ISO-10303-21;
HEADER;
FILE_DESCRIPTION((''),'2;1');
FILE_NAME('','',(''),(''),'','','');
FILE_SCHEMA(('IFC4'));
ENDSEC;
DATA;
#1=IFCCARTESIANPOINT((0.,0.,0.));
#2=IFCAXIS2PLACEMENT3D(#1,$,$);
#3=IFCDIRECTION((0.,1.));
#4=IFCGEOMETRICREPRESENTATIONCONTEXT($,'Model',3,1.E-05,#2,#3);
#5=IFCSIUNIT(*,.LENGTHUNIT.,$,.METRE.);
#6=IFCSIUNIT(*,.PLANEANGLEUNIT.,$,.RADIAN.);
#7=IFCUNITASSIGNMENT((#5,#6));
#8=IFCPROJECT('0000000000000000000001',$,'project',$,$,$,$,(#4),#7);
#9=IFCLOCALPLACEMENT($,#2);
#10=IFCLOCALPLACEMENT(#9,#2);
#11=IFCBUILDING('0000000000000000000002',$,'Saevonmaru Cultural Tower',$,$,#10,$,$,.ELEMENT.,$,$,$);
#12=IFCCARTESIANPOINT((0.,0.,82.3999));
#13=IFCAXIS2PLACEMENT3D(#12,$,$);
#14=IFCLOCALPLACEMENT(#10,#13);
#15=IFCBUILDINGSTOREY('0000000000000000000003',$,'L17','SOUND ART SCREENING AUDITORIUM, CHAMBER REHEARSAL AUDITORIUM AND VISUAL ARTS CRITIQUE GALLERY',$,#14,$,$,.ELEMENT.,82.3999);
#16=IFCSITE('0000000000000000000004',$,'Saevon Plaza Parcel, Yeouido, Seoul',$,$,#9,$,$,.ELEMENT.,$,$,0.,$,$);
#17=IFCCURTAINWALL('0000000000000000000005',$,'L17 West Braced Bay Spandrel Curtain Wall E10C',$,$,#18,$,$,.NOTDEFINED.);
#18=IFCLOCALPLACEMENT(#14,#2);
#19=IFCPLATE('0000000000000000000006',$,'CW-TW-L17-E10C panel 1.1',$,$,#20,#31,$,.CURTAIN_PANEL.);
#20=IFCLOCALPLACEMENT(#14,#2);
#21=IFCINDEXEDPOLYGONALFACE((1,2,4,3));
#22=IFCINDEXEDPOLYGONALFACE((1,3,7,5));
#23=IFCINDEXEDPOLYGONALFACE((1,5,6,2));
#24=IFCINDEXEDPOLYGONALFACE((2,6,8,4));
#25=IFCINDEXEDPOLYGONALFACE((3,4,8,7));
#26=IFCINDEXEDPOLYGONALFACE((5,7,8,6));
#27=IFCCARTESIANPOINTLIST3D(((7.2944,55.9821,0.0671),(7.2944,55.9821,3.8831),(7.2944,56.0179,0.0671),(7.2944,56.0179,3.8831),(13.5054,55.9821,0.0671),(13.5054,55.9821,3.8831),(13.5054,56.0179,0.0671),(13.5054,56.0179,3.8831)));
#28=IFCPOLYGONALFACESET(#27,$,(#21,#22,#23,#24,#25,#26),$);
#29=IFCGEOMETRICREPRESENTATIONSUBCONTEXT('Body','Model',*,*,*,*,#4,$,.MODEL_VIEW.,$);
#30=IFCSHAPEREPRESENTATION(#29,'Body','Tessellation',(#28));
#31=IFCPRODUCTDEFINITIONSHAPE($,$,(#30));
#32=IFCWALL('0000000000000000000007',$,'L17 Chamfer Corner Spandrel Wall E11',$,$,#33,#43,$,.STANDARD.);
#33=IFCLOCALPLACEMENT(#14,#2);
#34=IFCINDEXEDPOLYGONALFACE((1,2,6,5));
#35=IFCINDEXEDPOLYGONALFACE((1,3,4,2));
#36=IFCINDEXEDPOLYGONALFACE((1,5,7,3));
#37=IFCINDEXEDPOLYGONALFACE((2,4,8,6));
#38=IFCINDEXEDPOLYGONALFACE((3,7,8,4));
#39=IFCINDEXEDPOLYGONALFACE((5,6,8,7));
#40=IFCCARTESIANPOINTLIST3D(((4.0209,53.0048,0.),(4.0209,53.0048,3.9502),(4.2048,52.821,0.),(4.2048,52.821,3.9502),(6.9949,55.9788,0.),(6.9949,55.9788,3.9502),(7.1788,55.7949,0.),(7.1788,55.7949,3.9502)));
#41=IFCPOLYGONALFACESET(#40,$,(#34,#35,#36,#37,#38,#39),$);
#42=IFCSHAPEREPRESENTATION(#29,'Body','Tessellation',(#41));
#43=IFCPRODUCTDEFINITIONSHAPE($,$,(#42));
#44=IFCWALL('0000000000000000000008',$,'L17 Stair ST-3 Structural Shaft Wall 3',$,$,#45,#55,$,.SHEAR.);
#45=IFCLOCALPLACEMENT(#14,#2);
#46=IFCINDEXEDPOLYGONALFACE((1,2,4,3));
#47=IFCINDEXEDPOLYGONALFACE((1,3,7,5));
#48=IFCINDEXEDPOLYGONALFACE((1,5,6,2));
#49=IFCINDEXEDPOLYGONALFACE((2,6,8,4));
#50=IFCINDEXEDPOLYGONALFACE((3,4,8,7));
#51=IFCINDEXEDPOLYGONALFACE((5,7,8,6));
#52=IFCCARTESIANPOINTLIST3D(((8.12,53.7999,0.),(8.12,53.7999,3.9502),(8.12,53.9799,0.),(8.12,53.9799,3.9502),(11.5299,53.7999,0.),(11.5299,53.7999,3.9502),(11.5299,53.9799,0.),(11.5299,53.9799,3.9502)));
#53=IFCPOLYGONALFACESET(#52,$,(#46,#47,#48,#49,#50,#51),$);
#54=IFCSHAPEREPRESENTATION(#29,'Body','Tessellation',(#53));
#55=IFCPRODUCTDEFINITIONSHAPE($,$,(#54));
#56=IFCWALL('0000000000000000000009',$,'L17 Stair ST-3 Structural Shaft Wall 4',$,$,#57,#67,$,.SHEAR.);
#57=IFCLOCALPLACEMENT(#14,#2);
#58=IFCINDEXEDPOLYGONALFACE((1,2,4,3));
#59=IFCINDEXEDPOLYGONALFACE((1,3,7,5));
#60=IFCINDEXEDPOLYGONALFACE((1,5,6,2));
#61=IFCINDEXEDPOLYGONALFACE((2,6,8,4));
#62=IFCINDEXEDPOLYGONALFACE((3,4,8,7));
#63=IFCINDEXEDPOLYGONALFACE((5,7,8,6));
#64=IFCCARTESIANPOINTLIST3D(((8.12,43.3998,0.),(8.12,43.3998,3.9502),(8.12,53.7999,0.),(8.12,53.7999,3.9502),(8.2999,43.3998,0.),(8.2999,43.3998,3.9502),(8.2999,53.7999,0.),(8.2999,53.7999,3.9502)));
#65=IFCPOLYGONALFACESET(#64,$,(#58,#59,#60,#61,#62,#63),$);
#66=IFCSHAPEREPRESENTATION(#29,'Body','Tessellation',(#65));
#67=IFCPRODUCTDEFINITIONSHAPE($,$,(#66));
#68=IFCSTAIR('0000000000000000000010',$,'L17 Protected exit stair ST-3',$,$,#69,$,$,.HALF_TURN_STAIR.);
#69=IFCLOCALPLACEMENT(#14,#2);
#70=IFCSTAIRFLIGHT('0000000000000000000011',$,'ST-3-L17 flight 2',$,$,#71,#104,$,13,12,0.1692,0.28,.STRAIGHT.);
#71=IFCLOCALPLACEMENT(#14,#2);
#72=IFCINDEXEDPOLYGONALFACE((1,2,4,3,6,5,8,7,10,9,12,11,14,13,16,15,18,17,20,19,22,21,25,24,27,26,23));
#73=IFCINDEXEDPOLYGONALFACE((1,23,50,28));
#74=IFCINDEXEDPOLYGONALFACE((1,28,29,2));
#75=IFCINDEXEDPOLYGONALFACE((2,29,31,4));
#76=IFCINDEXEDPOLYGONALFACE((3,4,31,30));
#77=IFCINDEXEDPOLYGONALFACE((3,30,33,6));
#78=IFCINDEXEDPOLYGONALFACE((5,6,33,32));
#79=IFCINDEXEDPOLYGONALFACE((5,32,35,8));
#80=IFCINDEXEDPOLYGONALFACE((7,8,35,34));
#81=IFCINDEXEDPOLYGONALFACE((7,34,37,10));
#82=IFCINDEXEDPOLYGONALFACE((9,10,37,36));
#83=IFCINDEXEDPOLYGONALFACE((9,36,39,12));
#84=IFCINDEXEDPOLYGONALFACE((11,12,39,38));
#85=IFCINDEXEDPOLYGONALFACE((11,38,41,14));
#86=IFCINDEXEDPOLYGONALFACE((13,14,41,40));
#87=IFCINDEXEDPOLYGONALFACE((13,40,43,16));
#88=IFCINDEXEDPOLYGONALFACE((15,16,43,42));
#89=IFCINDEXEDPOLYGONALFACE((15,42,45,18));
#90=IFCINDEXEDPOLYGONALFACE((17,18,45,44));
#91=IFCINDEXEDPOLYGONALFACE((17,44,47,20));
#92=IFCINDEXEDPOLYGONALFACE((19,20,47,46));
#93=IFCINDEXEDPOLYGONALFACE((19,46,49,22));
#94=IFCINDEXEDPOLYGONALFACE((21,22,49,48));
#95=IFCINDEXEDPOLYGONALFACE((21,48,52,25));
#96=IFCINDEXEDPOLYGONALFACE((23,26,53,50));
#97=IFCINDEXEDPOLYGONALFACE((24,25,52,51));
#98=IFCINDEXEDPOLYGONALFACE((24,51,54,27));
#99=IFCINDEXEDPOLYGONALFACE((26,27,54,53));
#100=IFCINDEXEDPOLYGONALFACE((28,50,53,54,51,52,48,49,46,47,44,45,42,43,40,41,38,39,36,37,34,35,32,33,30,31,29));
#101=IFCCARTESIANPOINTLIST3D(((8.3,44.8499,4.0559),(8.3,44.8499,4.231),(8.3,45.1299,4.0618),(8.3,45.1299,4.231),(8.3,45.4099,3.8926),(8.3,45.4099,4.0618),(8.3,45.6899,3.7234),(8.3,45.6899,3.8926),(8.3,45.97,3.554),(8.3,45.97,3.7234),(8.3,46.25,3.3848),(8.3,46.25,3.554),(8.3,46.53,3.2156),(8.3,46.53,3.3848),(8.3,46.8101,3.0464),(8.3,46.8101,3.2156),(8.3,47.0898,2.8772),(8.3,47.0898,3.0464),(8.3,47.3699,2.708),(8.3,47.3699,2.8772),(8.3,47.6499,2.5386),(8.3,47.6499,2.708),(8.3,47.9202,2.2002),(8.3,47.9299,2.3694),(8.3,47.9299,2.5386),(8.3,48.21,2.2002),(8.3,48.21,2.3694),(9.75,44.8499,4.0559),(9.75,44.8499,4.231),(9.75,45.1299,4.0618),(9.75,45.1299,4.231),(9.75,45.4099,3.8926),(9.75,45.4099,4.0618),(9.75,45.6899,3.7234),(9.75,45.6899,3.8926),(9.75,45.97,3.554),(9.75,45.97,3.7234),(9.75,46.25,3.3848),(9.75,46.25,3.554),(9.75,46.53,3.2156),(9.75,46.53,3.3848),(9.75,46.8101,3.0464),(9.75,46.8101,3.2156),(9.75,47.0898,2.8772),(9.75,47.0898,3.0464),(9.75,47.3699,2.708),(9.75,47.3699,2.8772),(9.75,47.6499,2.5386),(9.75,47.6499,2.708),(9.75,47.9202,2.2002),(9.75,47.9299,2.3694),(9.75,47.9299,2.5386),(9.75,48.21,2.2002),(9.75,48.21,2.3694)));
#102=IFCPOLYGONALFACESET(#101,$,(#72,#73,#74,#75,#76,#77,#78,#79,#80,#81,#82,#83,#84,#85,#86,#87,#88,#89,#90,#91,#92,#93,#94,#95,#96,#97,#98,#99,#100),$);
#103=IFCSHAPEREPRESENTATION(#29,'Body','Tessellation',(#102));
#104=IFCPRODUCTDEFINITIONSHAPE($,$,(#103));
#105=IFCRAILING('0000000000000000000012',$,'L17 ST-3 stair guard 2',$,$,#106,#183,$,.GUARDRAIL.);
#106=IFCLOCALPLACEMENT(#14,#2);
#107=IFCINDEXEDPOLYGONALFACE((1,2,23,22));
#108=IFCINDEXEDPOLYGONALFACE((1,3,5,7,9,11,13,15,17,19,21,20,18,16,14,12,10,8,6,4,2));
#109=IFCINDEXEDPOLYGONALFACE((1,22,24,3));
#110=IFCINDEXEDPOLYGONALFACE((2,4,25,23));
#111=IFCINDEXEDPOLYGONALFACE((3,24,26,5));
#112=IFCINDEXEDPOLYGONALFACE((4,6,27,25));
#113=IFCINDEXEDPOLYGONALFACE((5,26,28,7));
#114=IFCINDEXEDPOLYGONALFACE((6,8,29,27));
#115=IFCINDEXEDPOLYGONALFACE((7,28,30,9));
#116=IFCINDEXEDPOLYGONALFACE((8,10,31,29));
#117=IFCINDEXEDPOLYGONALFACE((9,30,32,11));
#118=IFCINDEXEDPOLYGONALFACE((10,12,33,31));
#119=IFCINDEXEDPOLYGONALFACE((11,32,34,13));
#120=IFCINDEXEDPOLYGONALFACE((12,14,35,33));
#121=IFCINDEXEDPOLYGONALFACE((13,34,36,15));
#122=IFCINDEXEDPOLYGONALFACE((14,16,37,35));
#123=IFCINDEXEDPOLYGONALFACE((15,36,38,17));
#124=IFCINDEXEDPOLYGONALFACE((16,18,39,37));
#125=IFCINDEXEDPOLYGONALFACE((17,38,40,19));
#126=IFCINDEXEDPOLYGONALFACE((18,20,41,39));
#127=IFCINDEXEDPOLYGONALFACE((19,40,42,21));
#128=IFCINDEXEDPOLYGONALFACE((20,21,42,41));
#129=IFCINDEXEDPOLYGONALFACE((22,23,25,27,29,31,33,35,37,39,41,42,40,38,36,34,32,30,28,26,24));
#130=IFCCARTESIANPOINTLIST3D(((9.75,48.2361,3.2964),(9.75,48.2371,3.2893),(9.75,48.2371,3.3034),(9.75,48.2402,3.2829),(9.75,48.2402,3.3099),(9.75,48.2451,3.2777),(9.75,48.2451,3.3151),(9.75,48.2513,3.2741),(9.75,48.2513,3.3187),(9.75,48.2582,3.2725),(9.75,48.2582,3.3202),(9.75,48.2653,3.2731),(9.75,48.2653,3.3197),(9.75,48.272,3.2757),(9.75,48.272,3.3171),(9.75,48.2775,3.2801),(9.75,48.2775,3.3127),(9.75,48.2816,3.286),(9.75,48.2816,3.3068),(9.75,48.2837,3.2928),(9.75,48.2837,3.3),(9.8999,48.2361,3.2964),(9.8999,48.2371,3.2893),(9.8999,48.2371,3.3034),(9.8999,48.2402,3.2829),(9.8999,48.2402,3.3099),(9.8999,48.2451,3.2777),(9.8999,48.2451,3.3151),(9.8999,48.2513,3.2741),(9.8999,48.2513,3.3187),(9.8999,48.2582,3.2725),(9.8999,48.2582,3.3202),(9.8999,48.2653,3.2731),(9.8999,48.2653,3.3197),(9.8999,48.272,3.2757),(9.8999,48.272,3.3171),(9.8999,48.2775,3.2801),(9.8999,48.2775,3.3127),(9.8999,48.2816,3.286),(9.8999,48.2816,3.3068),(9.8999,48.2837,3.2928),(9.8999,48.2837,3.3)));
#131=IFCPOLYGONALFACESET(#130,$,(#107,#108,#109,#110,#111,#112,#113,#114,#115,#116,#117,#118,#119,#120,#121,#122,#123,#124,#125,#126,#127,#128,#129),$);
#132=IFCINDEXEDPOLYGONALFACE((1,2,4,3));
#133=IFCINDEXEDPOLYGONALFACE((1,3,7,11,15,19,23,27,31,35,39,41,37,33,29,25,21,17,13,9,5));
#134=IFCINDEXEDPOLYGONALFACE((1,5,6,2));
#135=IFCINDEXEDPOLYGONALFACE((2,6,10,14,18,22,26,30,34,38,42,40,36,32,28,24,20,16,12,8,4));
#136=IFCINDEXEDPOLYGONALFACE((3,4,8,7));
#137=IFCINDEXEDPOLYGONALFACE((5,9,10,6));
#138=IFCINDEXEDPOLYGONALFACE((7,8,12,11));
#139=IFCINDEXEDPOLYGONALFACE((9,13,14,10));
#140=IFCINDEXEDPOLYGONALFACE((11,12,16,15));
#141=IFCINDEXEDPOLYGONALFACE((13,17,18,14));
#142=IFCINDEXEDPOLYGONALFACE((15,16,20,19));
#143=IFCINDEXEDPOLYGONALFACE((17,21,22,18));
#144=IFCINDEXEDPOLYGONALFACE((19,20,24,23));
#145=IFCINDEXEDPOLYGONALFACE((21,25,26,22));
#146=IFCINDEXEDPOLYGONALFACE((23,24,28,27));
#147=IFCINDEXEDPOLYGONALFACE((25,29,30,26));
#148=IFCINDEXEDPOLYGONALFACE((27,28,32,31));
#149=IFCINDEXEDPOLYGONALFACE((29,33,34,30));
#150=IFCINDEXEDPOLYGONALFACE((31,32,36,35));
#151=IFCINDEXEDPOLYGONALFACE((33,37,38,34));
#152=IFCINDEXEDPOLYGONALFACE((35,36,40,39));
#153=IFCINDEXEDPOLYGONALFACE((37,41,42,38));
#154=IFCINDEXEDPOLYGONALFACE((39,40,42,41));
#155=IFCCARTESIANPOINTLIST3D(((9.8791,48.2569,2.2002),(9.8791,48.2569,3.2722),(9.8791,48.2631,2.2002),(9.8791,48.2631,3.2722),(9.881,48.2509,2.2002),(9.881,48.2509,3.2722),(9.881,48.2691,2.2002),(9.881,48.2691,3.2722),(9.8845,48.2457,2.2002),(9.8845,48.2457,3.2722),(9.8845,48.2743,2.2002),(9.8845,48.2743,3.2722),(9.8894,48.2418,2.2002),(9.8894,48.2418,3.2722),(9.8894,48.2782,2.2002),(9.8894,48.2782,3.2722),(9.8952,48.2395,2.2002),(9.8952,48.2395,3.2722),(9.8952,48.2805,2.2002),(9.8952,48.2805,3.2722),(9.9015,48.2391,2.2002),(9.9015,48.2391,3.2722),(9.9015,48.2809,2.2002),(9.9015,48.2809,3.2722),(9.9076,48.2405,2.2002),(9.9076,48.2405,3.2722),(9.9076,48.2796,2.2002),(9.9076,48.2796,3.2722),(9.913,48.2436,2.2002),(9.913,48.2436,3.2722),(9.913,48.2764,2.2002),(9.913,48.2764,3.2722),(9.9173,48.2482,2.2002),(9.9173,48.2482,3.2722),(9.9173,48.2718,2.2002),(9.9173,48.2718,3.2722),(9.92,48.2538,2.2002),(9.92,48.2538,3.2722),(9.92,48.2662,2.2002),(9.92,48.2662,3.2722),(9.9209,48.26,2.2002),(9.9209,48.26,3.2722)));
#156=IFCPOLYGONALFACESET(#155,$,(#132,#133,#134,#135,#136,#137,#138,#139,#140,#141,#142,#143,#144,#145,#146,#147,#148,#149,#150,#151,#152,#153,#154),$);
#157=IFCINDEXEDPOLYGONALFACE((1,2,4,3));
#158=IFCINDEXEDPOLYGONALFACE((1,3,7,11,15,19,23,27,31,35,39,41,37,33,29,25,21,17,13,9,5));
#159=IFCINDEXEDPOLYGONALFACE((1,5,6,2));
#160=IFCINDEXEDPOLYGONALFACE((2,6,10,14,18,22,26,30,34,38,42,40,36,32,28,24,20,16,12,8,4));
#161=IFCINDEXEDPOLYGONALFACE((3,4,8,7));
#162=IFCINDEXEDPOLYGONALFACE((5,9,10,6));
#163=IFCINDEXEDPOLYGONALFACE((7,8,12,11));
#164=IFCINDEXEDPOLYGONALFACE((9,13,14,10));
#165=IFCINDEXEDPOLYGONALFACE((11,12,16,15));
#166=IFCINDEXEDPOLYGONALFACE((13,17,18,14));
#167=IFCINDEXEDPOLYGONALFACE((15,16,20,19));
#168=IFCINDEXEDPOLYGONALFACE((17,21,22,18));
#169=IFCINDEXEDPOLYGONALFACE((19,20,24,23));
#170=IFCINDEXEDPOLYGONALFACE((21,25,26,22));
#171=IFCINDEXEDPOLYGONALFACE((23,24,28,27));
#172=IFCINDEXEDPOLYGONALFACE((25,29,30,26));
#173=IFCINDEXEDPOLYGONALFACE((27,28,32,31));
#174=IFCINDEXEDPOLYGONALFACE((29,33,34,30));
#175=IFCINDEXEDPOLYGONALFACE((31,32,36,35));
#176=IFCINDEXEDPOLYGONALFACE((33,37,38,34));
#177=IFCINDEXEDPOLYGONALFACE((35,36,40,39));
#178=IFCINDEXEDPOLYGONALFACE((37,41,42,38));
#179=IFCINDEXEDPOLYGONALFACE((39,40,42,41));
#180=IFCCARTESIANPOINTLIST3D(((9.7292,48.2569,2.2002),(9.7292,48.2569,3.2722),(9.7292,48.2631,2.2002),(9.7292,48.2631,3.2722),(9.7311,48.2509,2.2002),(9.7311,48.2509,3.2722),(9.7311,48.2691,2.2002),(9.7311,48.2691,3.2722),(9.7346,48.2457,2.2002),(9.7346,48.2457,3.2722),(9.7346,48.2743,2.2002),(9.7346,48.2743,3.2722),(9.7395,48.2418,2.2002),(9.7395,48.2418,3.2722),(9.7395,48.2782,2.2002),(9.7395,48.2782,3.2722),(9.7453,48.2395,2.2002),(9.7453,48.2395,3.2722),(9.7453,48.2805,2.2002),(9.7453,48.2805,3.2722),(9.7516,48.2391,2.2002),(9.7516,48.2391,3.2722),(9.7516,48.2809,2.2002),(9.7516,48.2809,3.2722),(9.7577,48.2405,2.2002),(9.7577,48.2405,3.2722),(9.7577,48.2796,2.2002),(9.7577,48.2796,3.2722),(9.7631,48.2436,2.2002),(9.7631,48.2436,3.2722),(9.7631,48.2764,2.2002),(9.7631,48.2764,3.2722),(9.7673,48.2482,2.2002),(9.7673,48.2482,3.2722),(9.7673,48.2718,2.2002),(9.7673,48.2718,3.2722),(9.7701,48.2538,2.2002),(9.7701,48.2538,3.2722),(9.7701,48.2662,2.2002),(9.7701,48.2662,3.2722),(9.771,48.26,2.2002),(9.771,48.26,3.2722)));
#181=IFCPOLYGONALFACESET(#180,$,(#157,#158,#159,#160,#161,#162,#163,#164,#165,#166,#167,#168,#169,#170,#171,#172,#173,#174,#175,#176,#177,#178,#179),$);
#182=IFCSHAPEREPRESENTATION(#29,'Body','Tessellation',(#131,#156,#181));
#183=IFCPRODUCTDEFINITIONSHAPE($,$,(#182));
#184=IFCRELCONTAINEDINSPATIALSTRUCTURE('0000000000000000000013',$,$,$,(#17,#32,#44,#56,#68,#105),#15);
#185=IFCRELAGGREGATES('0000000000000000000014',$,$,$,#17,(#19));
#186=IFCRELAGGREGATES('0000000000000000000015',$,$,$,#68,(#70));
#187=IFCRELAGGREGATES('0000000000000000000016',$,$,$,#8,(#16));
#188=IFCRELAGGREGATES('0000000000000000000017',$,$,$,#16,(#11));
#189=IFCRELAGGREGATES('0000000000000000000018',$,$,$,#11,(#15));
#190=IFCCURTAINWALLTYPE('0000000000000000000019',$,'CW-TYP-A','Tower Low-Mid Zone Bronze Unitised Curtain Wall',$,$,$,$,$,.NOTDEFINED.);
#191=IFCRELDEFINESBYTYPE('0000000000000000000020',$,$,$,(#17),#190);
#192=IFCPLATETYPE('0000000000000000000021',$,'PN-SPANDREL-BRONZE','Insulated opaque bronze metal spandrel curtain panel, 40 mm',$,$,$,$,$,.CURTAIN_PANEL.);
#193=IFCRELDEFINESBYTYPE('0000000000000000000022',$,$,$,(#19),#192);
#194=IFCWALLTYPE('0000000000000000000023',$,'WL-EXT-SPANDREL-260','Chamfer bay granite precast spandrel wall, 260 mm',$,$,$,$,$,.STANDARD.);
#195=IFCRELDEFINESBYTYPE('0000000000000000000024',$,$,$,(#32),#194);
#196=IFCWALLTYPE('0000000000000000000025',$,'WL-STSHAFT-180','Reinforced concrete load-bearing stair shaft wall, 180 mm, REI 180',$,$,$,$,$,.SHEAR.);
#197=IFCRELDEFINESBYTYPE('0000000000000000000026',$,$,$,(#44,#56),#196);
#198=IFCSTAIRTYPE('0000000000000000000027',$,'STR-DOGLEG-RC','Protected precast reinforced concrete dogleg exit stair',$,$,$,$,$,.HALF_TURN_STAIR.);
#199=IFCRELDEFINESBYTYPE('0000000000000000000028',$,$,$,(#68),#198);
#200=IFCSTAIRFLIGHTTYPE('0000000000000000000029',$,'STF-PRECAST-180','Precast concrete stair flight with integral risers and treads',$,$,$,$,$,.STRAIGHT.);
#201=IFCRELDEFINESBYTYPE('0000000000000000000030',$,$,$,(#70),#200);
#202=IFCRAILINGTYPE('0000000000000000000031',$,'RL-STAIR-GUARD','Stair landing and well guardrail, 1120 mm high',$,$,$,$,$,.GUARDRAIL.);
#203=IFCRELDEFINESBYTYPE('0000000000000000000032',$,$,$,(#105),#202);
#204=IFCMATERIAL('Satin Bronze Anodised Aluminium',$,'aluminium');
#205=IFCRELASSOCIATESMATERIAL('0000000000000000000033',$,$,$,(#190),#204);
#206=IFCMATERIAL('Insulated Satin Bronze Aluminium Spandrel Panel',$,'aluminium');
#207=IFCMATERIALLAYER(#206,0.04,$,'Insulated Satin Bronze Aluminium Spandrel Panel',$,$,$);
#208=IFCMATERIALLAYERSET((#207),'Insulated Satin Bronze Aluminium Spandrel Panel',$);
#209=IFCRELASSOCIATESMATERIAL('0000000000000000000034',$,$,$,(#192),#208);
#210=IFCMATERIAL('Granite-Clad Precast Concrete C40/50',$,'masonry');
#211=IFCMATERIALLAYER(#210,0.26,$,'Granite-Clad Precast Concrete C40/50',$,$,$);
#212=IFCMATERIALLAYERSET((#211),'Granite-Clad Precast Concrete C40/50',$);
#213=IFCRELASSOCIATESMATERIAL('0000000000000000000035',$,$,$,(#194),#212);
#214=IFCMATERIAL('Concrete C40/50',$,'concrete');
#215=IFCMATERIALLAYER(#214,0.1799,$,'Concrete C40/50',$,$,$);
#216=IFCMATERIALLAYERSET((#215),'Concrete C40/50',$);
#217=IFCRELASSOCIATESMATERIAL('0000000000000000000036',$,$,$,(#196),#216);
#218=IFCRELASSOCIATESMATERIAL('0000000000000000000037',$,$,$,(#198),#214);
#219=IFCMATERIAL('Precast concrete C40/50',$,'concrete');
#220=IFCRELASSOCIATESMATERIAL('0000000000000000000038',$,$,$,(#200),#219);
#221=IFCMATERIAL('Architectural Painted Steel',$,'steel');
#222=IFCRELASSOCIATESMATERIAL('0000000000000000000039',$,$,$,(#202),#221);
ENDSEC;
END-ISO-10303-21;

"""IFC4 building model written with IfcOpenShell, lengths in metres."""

from ifc_helpers import new_model, si_unit, direction, frame, frame_2d, origin, origin_2d, place, context, subcontext, project, spatial, polyline, rectangle, circle, outline, extrude, material, layer, layer_set, type_object, element, aggregate, save


model = new_model("IFC4")

# Units and contexts
model_context = context("Model", 3, precision=1e-05, world=origin(), true_north=direction((0.0, 1.0)))
body_context = subcontext(model_context, "Body", "Model", "MODEL_VIEW")
ifc_project = project(units=[si_unit("LENGTHUNIT", "METRE"), si_unit("PLANEANGLEUNIT", "RADIAN")], contexts=[model_context])

# Site, building, storey
site_placement = place(None, origin())
site = spatial("IfcSite", under=ifc_project, at=site_placement, Name="Saevon Plaza Parcel, Yeouido, Seoul", CompositionType="ELEMENT", RefElevation=0.0)
building_placement = place(site_placement, origin())
building = spatial("IfcBuilding", under=site, at=building_placement, Name="Saevonmaru Cultural Tower", CompositionType="ELEMENT")
storey_placement = place(building_placement, frame((0.0, 0.0, 82.3999)))
storey = spatial("IfcBuildingStorey", under=building, at=storey_placement, Name="L17", Description="SOUND ART SCREENING AUDITORIUM, CHAMBER REHEARSAL AUDITORIUM AND VISUAL ARTS CRITIQUE GALLERY", CompositionType="ELEMENT", Elevation=82.3999)

# Curtain wall
ifc_material_1 = material(Name="Satin Bronze Anodised Aluminium", Category="aluminium")
curtain_wall_type = type_object("IfcCurtainWallType", Name="CW-TYP-A", Description="Tower Low-Mid Zone Bronze Unitised Curtain Wall", PredefinedType="NOTDEFINED", material=ifc_material_1)
curtain_wall_1_placement = place(storey_placement, origin())
curtain_wall_1 = element("IfcCurtainWall", 1, at=curtain_wall_1_placement, inside=storey, type_object=curtain_wall_type, Name="L17 West Braced Bay Spandrel Curtain Wall E10C", PredefinedType="NOTDEFINED")

# Plate
ifc_material_2 = material(Name="Insulated Satin Bronze Aluminium Spandrel Panel", Category="aluminium")
ifc_layer_1 = layer(ifc_material_2, 0.04, Name="Insulated Satin Bronze Aluminium Spandrel Panel")
ifc_layer_set_1 = layer_set([ifc_layer_1], Name="Insulated Satin Bronze Aluminium Spandrel Panel")
plate_type_1 = type_object("IfcPlateType", Name="PN-SPANDREL-BRONZE", Description="Insulated opaque bronze metal spandrel curtain panel, 40 mm", PredefinedType="CURTAIN_PANEL", material=ifc_layer_set_1)
plate_1_placement = place(storey_placement, frame((10.3999, 56.0, 0.0671), z_axis=(0.0, 0.0, 1.0), x_axis=(-1.0, 0.0, 0.0)))
plate_1 = element("IfcPlate", 2, at=plate_1_placement, type_object=plate_type_1, Name="CW-TW-L17-E10C panel 1.1", PredefinedType="CURTAIN_PANEL", context=body_context, shape_type="SweptSolid", body=[
    extrude(rectangle(XDim=6.2109, YDim=0.0359, at=origin_2d()), origin(), (0.0, 0.0, 1.0), 3.8159),
])
aggregate(curtain_wall_1, [plate_1])

# Walls
ifc_material_3 = material(Name="Granite-Clad Precast Concrete C40/50", Category="masonry")
ifc_layer_2 = layer(ifc_material_3, 0.26, Name="Granite-Clad Precast Concrete C40/50")
ifc_layer_set_2 = layer_set([ifc_layer_2], Name="Granite-Clad Precast Concrete C40/50")
wall_type_1 = type_object("IfcWallType", Name="WL-EXT-SPANDREL-260", Description="Chamfer bay granite precast spandrel wall, 260 mm", PredefinedType="STANDARD", material=ifc_layer_set_2)
wall_1_placement = place(storey_placement, frame((7.0869, 55.887, 0.0), z_axis=(0.0, 0.0, 1.0), x_axis=(-0.707107, -0.707107, 0.0)))
element("IfcWall", 3, at=wall_1_placement, inside=storey, type_object=wall_type_1, Name="L17 Chamfer Corner Spandrel Wall E11", PredefinedType="STANDARD", context=body_context, shape_type="SweptSolid", body=[
    extrude(rectangle(XDim=4.2058, YDim=0.26, at=frame_2d((2.103, 0.0))), origin(), (0.0, 0.0, 1.0), 3.9502),
])
ifc_material_4 = material(Name="Concrete C40/50", Category="concrete")
ifc_layer_3 = layer(ifc_material_4, 0.1799, Name="Concrete C40/50")
ifc_layer_set_3 = layer_set([ifc_layer_3], Name="Concrete C40/50")
wall_type_2 = type_object("IfcWallType", Name="WL-STSHAFT-180", Description="Reinforced concrete load-bearing stair shaft wall, 180 mm, REI 180", PredefinedType="SHEAR", material=ifc_layer_set_3)
wall_2_placement = place(storey_placement, frame((11.53, 53.8899, 0.0), z_axis=(0.0, 0.0, 1.0), x_axis=(-1.0, 0.0, 0.0)))
element("IfcWall", 4, at=wall_2_placement, inside=storey, type_object=wall_type_2, Name="L17 Stair ST-3 Structural Shaft Wall 3", PredefinedType="SHEAR", context=body_context, shape_type="SweptSolid", body=[
    extrude(rectangle(XDim=3.4099, YDim=0.1799, at=frame_2d((1.7051, 0.0))), origin(), (0.0, 0.0, 1.0), 3.9502),
])
wall_3_placement = place(storey_placement, frame((8.21, 53.8, 0.0), z_axis=(0.0, 0.0, 1.0), x_axis=(0.0, -1.0, 0.0)))
element("IfcWall", 5, at=wall_3_placement, inside=storey, type_object=wall_type_2, Name="L17 Stair ST-3 Structural Shaft Wall 4", PredefinedType="SHEAR", context=body_context, shape_type="SweptSolid", body=[
    extrude(rectangle(XDim=10.4001, YDim=0.1799, at=frame_2d((5.2002, 0.0))), origin(), (0.0, 0.0, 1.0), 3.9502),
])

# Stair, stair flight
stair_type = type_object("IfcStairType", Name="STR-DOGLEG-RC", Description="Protected precast reinforced concrete dogleg exit stair", PredefinedType="HALF_TURN_STAIR", material=ifc_material_4)
stair_placement = place(storey_placement, origin())
stair = element("IfcStair", 6, at=stair_placement, inside=storey, type_object=stair_type, Name="L17 Protected exit stair ST-3", PredefinedType="HALF_TURN_STAIR")
ifc_material_5 = material(Name="Precast concrete C40/50", Category="concrete")
stair_flight_type = type_object("IfcStairFlightType", Name="STF-PRECAST-180", Description="Precast concrete stair flight with integral risers and treads", PredefinedType="STRAIGHT", material=ifc_material_5)
stair_flight_placement = place(storey_placement, frame((9.0249, 48.21, 2.2002), z_axis=(0.0, 0.0, 1.0), x_axis=(0.0, -1.0, 0.0)))
stair_flight = element("IfcStairFlight", 7, at=stair_flight_placement, type_object=stair_flight_type, Name="ST-3-L17 flight 2", NumberOfRisers=13, NumberOfTreads=12, PredefinedType="STRAIGHT", RiserHeight=0.1692, TreadLength=0.28, context=body_context, shape_type="SweptSolid", body=[
    extrude(outline(polyline([(0.0, 0.0), (0.0, 0.1692), (0.28, 0.1692), (0.28, 0.3384), (0.5601, 0.3384), (0.5601, 0.5078), (0.8401, 0.5078), (0.8401, 0.677), (1.1201, 0.677), (1.1201, 0.8462), (1.3999, 0.8462), (1.3999, 1.0154), (1.6799, 1.0154), (1.6799, 1.1846), (1.96, 1.1846), (1.96, 1.3538), (2.24, 1.3538), (2.24, 1.5232), (2.52, 1.5232), (2.52, 1.6924), (2.8, 1.6924), (2.8, 1.8616), (3.0801, 1.8616), (3.0801, 2.0308), (3.3601, 2.0308), (3.3601, 2.2), (3.3601, 1.8557), (0.2898, 0.0), (0.0, 0.0)])), frame((0.0, 0.7251, 0.0), z_axis=(0.0, -1.0, 0.0), x_axis=(1.0, 0.0, 0.0)), (0.0, 0.0, 1.0), 1.45),
])
aggregate(stair, [stair_flight])

# Railing
ifc_material_6 = material(Name="Architectural Painted Steel", Category="steel")
railing_type_1 = type_object("IfcRailingType", Name="RL-STAIR-GUARD", Description="Stair landing and well guardrail, 1120 mm high", PredefinedType="GUARDRAIL", material=ifc_material_6)
railing_1_placement = place(storey_placement, frame((9.8999, 48.26, 2.2002)))
element("IfcRailing", 8, at=railing_1_placement, inside=storey, type_object=railing_type_1, Name="L17 ST-3 stair guard 2", PredefinedType="GUARDRAIL", context=body_context, shape_type="SweptSolid", body=[
    extrude(circle(Radius=0.0239, at=origin_2d()), frame((0.0, 0.0, 1.0962), z_axis=(-1.0, 0.0, 0.0), x_axis=(0.0, -1.0, 0.0)), (0.0, 0.0, 1.0), 0.1499),
    extrude(circle(Radius=0.021, at=origin_2d()), origin(), (0.0, 0.0, 1.0), 1.072),
    extrude(circle(Radius=0.021, at=origin_2d()), frame((-0.1499, 0.0, 0.0)), (0.0, 0.0, 1.0), 1.072),
])

save(model, "model.ifc")
